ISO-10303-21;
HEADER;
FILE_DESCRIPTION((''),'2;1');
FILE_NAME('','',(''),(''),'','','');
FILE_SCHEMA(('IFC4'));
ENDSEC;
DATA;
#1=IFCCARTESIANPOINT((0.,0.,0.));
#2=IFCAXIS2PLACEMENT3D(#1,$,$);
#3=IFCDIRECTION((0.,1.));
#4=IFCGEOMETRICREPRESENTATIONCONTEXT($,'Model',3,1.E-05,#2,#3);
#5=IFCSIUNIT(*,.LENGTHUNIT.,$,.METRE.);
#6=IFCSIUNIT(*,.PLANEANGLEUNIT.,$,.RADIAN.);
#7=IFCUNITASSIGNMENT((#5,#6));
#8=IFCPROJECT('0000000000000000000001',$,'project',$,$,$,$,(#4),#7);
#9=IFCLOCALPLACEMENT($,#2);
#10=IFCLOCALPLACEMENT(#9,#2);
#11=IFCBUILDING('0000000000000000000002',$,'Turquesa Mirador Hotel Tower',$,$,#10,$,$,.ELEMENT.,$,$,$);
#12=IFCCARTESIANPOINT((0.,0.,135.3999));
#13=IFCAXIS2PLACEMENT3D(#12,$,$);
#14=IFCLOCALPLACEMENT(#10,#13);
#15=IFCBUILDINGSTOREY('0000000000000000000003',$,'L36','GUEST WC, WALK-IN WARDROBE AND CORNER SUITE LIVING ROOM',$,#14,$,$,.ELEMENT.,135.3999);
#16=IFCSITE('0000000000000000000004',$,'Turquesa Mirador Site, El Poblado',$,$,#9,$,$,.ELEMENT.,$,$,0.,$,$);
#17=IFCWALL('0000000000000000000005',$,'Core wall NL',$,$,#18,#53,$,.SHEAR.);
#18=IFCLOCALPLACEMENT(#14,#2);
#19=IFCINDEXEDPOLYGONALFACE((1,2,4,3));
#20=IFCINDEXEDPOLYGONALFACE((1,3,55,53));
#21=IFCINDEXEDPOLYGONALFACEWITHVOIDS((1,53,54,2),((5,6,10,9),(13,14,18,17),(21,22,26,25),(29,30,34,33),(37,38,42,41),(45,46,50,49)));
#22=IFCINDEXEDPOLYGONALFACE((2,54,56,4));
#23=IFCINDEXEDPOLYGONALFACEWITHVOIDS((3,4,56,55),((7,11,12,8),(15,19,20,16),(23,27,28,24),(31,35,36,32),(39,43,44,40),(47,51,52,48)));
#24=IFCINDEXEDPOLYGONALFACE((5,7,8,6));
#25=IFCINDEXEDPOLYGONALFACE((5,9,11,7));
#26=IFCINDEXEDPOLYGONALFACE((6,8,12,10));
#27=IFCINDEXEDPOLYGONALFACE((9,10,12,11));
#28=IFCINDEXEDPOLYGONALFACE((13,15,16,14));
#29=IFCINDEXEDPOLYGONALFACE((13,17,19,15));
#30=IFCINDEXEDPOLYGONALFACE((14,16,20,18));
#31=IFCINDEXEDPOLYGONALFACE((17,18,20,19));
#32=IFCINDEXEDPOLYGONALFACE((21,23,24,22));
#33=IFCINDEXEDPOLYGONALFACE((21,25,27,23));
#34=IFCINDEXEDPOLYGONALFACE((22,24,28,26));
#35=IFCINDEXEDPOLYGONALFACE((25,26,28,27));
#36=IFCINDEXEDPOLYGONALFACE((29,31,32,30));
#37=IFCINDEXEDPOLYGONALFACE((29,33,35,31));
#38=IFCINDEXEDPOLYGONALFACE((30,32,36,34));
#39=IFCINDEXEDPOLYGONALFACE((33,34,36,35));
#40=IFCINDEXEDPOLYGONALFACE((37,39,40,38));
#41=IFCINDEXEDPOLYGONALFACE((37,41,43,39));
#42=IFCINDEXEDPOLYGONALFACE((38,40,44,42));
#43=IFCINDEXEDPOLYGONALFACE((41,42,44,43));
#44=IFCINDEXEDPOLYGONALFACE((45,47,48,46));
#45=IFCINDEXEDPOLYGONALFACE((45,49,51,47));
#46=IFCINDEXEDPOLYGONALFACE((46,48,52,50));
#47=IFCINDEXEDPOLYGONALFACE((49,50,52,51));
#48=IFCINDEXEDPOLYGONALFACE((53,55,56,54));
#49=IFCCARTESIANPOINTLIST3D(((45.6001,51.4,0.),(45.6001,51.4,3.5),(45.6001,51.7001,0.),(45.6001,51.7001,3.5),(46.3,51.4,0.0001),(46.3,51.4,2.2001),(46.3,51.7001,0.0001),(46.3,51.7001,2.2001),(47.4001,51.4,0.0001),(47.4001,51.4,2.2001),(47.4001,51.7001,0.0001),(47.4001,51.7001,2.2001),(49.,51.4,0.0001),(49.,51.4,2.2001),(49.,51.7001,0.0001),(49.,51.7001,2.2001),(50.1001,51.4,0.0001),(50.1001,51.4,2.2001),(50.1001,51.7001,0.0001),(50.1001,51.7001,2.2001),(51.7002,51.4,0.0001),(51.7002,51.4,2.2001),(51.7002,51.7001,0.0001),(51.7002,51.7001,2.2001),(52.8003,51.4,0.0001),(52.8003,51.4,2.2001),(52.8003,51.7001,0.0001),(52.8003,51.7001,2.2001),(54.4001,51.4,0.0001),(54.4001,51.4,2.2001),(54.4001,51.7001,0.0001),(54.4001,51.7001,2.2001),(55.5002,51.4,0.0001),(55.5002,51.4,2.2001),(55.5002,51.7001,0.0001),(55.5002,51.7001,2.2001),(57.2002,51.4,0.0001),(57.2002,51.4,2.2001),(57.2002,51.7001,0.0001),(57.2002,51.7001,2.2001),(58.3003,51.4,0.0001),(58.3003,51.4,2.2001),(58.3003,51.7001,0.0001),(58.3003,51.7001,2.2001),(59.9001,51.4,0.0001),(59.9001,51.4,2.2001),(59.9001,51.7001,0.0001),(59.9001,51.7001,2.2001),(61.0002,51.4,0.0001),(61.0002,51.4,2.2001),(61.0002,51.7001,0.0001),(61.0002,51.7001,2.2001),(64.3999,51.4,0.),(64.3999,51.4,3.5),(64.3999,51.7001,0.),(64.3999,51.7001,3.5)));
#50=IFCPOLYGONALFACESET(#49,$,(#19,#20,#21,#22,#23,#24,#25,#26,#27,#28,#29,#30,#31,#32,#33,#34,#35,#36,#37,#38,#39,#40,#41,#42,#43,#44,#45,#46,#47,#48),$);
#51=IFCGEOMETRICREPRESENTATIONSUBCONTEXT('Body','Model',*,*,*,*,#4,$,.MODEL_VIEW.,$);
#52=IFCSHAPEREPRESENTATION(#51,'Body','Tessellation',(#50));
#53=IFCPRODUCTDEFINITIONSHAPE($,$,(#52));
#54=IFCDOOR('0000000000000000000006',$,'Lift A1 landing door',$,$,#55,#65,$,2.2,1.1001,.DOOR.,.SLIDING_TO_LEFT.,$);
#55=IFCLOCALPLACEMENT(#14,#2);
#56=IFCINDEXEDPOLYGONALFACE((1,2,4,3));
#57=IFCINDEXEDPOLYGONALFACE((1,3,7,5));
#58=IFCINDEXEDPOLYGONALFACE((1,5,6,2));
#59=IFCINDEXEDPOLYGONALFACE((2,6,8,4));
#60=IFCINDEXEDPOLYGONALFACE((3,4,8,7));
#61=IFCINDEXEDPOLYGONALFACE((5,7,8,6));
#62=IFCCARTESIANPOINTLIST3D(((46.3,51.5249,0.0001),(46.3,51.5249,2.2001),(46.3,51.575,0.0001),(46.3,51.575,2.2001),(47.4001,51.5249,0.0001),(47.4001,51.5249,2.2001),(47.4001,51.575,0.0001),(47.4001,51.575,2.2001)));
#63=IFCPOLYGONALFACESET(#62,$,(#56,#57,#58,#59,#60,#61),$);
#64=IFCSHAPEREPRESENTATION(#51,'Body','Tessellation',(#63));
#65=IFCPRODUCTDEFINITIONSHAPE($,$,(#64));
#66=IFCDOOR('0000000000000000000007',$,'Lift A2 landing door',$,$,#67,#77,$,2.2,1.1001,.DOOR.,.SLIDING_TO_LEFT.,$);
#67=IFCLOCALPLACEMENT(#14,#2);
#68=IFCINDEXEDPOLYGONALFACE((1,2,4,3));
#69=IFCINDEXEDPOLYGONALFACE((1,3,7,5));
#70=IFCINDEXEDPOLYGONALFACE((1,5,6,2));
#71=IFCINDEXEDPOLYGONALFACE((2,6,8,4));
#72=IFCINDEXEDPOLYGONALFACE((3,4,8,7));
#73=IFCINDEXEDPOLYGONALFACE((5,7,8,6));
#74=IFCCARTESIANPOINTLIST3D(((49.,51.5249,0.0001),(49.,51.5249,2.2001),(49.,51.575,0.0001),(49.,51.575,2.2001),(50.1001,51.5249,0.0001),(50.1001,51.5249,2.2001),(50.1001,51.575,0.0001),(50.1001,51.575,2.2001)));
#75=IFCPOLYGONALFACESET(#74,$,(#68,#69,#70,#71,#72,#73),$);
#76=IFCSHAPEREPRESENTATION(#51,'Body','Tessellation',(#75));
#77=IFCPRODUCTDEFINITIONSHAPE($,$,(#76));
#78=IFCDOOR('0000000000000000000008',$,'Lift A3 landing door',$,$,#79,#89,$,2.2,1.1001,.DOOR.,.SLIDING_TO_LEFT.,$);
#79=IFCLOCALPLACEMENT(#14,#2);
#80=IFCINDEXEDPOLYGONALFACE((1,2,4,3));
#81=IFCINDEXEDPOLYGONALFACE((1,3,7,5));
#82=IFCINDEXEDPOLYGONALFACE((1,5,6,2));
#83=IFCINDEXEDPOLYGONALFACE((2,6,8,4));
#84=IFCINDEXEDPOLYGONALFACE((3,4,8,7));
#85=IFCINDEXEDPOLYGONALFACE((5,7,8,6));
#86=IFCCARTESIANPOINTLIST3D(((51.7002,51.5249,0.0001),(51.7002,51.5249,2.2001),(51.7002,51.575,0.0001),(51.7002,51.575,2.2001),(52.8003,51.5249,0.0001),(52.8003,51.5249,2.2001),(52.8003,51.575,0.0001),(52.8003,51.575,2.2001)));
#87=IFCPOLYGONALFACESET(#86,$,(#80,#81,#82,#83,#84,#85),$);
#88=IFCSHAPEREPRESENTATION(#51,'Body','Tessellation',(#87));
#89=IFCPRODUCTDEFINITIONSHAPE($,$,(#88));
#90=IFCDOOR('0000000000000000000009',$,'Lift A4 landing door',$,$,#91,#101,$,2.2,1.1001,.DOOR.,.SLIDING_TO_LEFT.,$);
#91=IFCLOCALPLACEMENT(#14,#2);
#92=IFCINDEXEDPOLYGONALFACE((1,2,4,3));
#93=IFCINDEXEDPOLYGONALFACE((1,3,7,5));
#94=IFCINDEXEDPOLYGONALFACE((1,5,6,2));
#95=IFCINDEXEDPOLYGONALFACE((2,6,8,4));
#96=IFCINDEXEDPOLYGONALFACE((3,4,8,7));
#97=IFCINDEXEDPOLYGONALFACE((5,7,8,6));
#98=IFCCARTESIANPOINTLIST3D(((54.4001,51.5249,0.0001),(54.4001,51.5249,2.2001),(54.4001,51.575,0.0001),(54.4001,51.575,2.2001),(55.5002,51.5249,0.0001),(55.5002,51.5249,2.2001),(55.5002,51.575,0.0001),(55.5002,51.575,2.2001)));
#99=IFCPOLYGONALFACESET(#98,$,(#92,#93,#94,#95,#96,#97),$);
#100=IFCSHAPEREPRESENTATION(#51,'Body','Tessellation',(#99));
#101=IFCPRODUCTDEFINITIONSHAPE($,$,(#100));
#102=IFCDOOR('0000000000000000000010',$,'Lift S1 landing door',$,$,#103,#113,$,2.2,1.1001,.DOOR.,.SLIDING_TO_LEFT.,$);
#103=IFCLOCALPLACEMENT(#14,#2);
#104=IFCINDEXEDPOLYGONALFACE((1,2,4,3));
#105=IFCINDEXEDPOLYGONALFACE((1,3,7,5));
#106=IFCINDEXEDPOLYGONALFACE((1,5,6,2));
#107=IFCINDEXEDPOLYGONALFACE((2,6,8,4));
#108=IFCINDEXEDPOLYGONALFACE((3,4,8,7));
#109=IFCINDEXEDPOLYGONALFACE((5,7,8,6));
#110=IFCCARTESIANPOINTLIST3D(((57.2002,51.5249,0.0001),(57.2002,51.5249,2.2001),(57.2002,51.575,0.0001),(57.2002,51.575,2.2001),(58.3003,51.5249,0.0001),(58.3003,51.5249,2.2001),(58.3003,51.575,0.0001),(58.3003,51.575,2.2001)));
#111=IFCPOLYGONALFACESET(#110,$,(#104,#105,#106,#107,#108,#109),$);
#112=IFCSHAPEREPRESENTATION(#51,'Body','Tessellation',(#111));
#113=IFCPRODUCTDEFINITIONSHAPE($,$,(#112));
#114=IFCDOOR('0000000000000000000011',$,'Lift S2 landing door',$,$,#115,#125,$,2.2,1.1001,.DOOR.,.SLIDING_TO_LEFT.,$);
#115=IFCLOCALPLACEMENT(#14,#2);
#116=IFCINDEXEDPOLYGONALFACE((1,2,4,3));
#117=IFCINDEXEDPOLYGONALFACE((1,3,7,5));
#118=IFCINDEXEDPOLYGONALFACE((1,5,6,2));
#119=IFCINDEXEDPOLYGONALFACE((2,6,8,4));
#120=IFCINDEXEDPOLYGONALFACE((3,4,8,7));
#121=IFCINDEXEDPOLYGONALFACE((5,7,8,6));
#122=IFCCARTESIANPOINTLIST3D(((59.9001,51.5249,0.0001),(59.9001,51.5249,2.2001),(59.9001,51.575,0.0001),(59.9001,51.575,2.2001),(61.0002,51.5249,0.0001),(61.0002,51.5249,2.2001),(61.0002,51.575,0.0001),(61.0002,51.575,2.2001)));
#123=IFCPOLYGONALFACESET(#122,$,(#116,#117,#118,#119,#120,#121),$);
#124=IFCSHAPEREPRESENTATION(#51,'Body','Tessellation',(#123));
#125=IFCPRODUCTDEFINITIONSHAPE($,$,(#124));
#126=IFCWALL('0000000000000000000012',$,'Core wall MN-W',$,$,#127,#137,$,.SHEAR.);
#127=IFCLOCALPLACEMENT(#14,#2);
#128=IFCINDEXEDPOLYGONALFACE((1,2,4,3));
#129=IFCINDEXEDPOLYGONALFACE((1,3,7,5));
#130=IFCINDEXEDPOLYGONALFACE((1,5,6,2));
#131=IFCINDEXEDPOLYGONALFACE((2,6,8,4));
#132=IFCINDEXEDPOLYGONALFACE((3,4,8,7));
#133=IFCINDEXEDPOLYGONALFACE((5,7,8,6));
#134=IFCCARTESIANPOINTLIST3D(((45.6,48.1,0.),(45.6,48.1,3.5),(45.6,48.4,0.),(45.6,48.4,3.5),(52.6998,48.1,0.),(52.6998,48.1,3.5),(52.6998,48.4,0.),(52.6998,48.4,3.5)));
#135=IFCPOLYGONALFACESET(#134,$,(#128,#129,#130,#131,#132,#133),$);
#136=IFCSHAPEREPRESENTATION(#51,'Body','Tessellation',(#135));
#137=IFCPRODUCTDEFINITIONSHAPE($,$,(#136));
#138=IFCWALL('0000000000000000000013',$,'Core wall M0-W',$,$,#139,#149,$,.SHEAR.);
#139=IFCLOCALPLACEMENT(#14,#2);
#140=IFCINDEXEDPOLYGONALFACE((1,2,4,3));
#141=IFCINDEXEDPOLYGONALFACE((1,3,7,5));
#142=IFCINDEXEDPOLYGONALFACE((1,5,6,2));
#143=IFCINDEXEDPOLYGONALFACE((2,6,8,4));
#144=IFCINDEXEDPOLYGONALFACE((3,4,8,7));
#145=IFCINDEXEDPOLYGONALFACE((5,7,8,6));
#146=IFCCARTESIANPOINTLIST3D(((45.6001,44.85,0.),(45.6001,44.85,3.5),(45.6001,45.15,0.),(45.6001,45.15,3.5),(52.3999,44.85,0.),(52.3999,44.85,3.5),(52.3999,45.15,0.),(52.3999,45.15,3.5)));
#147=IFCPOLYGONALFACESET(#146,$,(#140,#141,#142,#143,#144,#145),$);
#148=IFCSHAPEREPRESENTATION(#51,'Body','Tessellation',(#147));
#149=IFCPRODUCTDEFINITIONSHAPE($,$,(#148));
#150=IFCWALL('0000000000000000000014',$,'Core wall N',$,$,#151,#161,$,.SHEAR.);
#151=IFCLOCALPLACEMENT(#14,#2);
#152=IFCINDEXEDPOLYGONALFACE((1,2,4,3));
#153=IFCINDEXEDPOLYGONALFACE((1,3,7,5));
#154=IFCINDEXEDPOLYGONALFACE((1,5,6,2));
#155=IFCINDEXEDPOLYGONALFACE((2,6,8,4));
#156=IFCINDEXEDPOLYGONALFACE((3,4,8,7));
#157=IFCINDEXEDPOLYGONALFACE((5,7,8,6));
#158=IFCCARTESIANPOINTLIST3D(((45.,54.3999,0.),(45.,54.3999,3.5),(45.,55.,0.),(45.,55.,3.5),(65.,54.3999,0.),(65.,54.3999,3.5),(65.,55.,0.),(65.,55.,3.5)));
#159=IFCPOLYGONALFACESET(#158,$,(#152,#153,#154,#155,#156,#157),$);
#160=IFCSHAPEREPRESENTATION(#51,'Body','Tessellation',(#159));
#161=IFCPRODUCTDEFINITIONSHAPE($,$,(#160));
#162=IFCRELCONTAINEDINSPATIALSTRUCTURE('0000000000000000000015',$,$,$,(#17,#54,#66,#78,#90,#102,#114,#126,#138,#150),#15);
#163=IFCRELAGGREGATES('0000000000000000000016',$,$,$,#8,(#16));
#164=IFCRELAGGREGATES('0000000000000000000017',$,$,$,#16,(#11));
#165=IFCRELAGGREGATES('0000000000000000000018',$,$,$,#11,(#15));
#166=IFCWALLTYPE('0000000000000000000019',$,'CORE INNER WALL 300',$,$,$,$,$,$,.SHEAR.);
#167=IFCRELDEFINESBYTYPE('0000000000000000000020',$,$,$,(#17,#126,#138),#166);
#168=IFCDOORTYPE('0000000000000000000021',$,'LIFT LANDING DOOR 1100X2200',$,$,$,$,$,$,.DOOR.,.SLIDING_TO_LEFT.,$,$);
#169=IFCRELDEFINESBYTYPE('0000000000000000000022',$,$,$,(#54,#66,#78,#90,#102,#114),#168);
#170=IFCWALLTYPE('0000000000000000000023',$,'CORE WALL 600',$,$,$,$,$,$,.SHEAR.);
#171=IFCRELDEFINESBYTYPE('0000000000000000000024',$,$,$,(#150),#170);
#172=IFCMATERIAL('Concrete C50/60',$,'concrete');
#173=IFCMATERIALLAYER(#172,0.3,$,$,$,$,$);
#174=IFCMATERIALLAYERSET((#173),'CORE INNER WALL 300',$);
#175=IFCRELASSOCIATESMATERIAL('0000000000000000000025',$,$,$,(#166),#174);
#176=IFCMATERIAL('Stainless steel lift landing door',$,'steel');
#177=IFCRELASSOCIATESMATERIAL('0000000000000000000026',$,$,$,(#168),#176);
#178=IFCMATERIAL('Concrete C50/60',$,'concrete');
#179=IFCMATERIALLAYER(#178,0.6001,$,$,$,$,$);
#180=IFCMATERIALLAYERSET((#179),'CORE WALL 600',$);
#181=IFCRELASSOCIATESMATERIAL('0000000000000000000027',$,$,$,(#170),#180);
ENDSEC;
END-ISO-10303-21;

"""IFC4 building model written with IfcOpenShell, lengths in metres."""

from ifc_helpers import new_model, si_unit, direction, frame, frame_2d, origin, place, context, subcontext, project, spatial, rectangle, extrude, material, layer, layer_set, type_object, element, fill, save


model = new_model("IFC4")

# Units and contexts
model_context = context("Model", 3, precision=1e-05, world=origin(), true_north=direction((0.0, 1.0)))
body_context = subcontext(model_context, "Body", "Model", "MODEL_VIEW")
ifc_project = project(units=[si_unit("LENGTHUNIT", "METRE"), si_unit("PLANEANGLEUNIT", "RADIAN")], contexts=[model_context])

# Site, building, storey
site_placement = place(None, origin())
site = spatial("IfcSite", under=ifc_project, at=site_placement, Name="Turquesa Mirador Site, El Poblado", CompositionType="ELEMENT", RefElevation=0.0)
building_placement = place(site_placement, origin())
building = spatial("IfcBuilding", under=site, at=building_placement, Name="Turquesa Mirador Hotel Tower", CompositionType="ELEMENT")
storey_placement = place(building_placement, frame((0.0, 0.0, 135.3999)))
storey = spatial("IfcBuildingStorey", under=building, at=storey_placement, Name="L36", Description="GUEST WC, WALK-IN WARDROBE AND CORNER SUITE LIVING ROOM", CompositionType="ELEMENT", Elevation=135.3999)

# Wall, openings, doors
ifc_material_1 = material(Name="Concrete C50/60", Category="concrete")
ifc_layer_1 = layer(ifc_material_1, 0.3)
ifc_layer_set_1 = layer_set([ifc_layer_1], Name="CORE INNER WALL 300")
wall_type_1 = type_object("IfcWallType", Name="CORE INNER WALL 300", PredefinedType="SHEAR", material=ifc_layer_set_1)
wall_1_placement = place(storey_placement, frame((45.6001, 51.55, 0.0), z_axis=(0.0, 0.0, 1.0), x_axis=(1.0, 0.0, 0.0)))
wall_1 = element("IfcWall", 1, at=wall_1_placement, inside=storey, type_object=wall_type_1, Name="Core wall NL", PredefinedType="SHEAR", context=body_context, shape_type="SweptSolid", body=[
    extrude(rectangle(XDim=18.7998, YDim=0.3, at=frame_2d((9.3999, 0.0))), origin(), (0.0, 0.0, 1.0), 3.5),
])
opening_1_placement = place(wall_1_placement, frame((0.7, 0.0, 0.0)))
opening_1 = element("IfcOpeningElement", 2, at=opening_1_placement, cuts=wall_1, PredefinedType="OPENING", context=body_context, shape_type="SweptSolid", body=[
    extrude(rectangle(XDim=1.1001, YDim=2.2, at=frame_2d((0.55, 1.1001))), frame((0.0, 0.1599, 0.0), z_axis=(0.0, -1.0, 0.0), x_axis=(1.0, 0.0, 0.0)), (0.0, 0.0, 1.0), 0.3201),
])
opening_2_placement = place(wall_1_placement, frame((3.3999, 0.0, 0.0)))
opening_2 = element("IfcOpeningElement", 3, at=opening_2_placement, cuts=wall_1, PredefinedType="OPENING", context=body_context, shape_type="SweptSolid", body=[
    extrude(rectangle(XDim=1.1001, YDim=2.2, at=frame_2d((0.55, 1.1001))), frame((0.0, 0.1599, 0.0), z_axis=(0.0, -1.0, 0.0), x_axis=(1.0, 0.0, 0.0)), (0.0, 0.0, 1.0), 0.3201),
])
opening_3_placement = place(wall_1_placement, frame((6.1001, 0.0, 0.0)))
opening_3 = element("IfcOpeningElement", 4, at=opening_3_placement, cuts=wall_1, PredefinedType="OPENING", context=body_context, shape_type="SweptSolid", body=[
    extrude(rectangle(XDim=1.1001, YDim=2.2, at=frame_2d((0.55, 1.1001))), frame((0.0, 0.1599, 0.0), z_axis=(0.0, -1.0, 0.0), x_axis=(1.0, 0.0, 0.0)), (0.0, 0.0, 1.0), 0.3201),
])
opening_4_placement = place(wall_1_placement, frame((8.8, 0.0, 0.0)))
opening_4 = element("IfcOpeningElement", 5, at=opening_4_placement, cuts=wall_1, PredefinedType="OPENING", context=body_context, shape_type="SweptSolid", body=[
    extrude(rectangle(XDim=1.1001, YDim=2.2, at=frame_2d((0.55, 1.1001))), frame((0.0, 0.1599, 0.0), z_axis=(0.0, -1.0, 0.0), x_axis=(1.0, 0.0, 0.0)), (0.0, 0.0, 1.0), 0.3201),
])
opening_5_placement = place(wall_1_placement, frame((11.6001, 0.0, 0.0)))
opening_5 = element("IfcOpeningElement", 6, at=opening_5_placement, cuts=wall_1, PredefinedType="OPENING", context=body_context, shape_type="SweptSolid", body=[
    extrude(rectangle(XDim=1.1001, YDim=2.2, at=frame_2d((0.55, 1.1001))), frame((0.0, 0.1599, 0.0), z_axis=(0.0, -1.0, 0.0), x_axis=(1.0, 0.0, 0.0)), (0.0, 0.0, 1.0), 0.3201),
])
opening_6_placement = place(wall_1_placement, frame((14.3, 0.0, 0.0)))
opening_6 = element("IfcOpeningElement", 7, at=opening_6_placement, cuts=wall_1, PredefinedType="OPENING", context=body_context, shape_type="SweptSolid", body=[
    extrude(rectangle(XDim=1.1001, YDim=2.2, at=frame_2d((0.55, 1.1001))), frame((0.0, 0.1599, 0.0), z_axis=(0.0, -1.0, 0.0), x_axis=(1.0, 0.0, 0.0)), (0.0, 0.0, 1.0), 0.3201),
])
ifc_material_2 = material(Name="Stainless steel lift landing door", Category="steel")
door_type_1 = type_object("IfcDoorType", Name="LIFT LANDING DOOR 1100X2200", OperationType="SLIDING_TO_LEFT", PredefinedType="DOOR", material=ifc_material_2)
door_1_placement = place(opening_1_placement, origin())
door_1 = element("IfcDoor", 8, at=door_1_placement, inside=storey, type_object=door_type_1, Name="Lift A1 landing door", OperationType="SLIDING_TO_LEFT", OverallHeight=2.2, OverallWidth=1.1001, PredefinedType="DOOR", context=body_context, shape_type="SweptSolid", body=[
    extrude(rectangle(XDim=1.1001, YDim=2.2, at=frame_2d((0.55, 1.1001))), frame((0.0, 0.0249, 0.0), z_axis=(0.0, -1.0, 0.0), x_axis=(1.0, 0.0, 0.0)), (0.0, 0.0, 1.0), 0.05),
])
fill(opening_1, door_1)
door_2_placement = place(opening_2_placement, origin())
door_2 = element("IfcDoor", 9, at=door_2_placement, inside=storey, type_object=door_type_1, Name="Lift A2 landing door", OperationType="SLIDING_TO_LEFT", OverallHeight=2.2, OverallWidth=1.1001, PredefinedType="DOOR", context=body_context, shape_type="SweptSolid", body=[
    extrude(rectangle(XDim=1.1001, YDim=2.2, at=frame_2d((0.55, 1.1001))), frame((0.0, 0.0249, 0.0), z_axis=(0.0, -1.0, 0.0), x_axis=(1.0, 0.0, 0.0)), (0.0, 0.0, 1.0), 0.05),
])
fill(opening_2, door_2)
door_3_placement = place(opening_3_placement, origin())
door_3 = element("IfcDoor", 10, at=door_3_placement, inside=storey, type_object=door_type_1, Name="Lift A3 landing door", OperationType="SLIDING_TO_LEFT", OverallHeight=2.2, OverallWidth=1.1001, PredefinedType="DOOR", context=body_context, shape_type="SweptSolid", body=[
    extrude(rectangle(XDim=1.1001, YDim=2.2, at=frame_2d((0.55, 1.1001))), frame((0.0, 0.0249, 0.0), z_axis=(0.0, -1.0, 0.0), x_axis=(1.0, 0.0, 0.0)), (0.0, 0.0, 1.0), 0.05),
])
fill(opening_3, door_3)
door_4_placement = place(opening_4_placement, origin())
door_4 = element("IfcDoor", 11, at=door_4_placement, inside=storey, type_object=door_type_1, Name="Lift A4 landing door", OperationType="SLIDING_TO_LEFT", OverallHeight=2.2, OverallWidth=1.1001, PredefinedType="DOOR", context=body_context, shape_type="SweptSolid", body=[
    extrude(rectangle(XDim=1.1001, YDim=2.2, at=frame_2d((0.55, 1.1001))), frame((0.0, 0.0249, 0.0), z_axis=(0.0, -1.0, 0.0), x_axis=(1.0, 0.0, 0.0)), (0.0, 0.0, 1.0), 0.05),
])
fill(opening_4, door_4)
door_5_placement = place(opening_5_placement, origin())
door_5 = element("IfcDoor", 12, at=door_5_placement, inside=storey, type_object=door_type_1, Name="Lift S1 landing door", OperationType="SLIDING_TO_LEFT", OverallHeight=2.2, OverallWidth=1.1001, PredefinedType="DOOR", context=body_context, shape_type="SweptSolid", body=[
    extrude(rectangle(XDim=1.1001, YDim=2.2, at=frame_2d((0.55, 1.1001))), frame((0.0, 0.0249, 0.0), z_axis=(0.0, -1.0, 0.0), x_axis=(1.0, 0.0, 0.0)), (0.0, 0.0, 1.0), 0.05),
])
fill(opening_5, door_5)
door_6_placement = place(opening_6_placement, origin())
door_6 = element("IfcDoor", 13, at=door_6_placement, inside=storey, type_object=door_type_1, Name="Lift S2 landing door", OperationType="SLIDING_TO_LEFT", OverallHeight=2.2, OverallWidth=1.1001, PredefinedType="DOOR", context=body_context, shape_type="SweptSolid", body=[
    extrude(rectangle(XDim=1.1001, YDim=2.2, at=frame_2d((0.55, 1.1001))), frame((0.0, 0.0249, 0.0), z_axis=(0.0, -1.0, 0.0), x_axis=(1.0, 0.0, 0.0)), (0.0, 0.0, 1.0), 0.05),
])
fill(opening_6, door_6)

# Walls
wall_2_placement = place(storey_placement, frame((45.6001, 48.25, 0.0), z_axis=(0.0, 0.0, 1.0), x_axis=(1.0, 0.0, 0.0)))
element("IfcWall", 14, at=wall_2_placement, inside=storey, type_object=wall_type_1, Name="Core wall MN-W", PredefinedType="SHEAR", context=body_context, shape_type="SweptSolid", body=[
    extrude(rectangle(XDim=7.0999, YDim=0.3, at=frame_2d((3.5498, 0.0))), origin(), (0.0, 0.0, 1.0), 3.5),
])
wall_3_placement = place(storey_placement, frame((45.6001, 45.0, 0.0), z_axis=(0.0, 0.0, 1.0), x_axis=(1.0, 0.0, 0.0)))
element("IfcWall", 15, at=wall_3_placement, inside=storey, type_object=wall_type_1, Name="Core wall M0-W", PredefinedType="SHEAR", context=body_context, shape_type="SweptSolid", body=[
    extrude(rectangle(XDim=6.7998, YDim=0.3, at=frame_2d((3.3999, 0.0))), origin(), (0.0, 0.0, 1.0), 3.5),
])
ifc_material_3 = material(Name="Concrete C50/60", Category="concrete")
ifc_layer_2 = layer(ifc_material_3, 0.6001)
ifc_layer_set_2 = layer_set([ifc_layer_2], Name="CORE WALL 600")
wall_type_2 = type_object("IfcWallType", Name="CORE WALL 600", PredefinedType="SHEAR", material=ifc_layer_set_2)
wall_4_placement = place(storey_placement, frame((45.0, 54.7, 0.0), z_axis=(0.0, 0.0, 1.0), x_axis=(1.0, 0.0, 0.0)))
element("IfcWall", 16, at=wall_4_placement, inside=storey, type_object=wall_type_2, Name="Core wall N", PredefinedType="SHEAR", context=body_context, shape_type="SweptSolid", body=[
    extrude(rectangle(XDim=20.0, YDim=0.6001, at=frame_2d((10.0, 0.0))), origin(), (0.0, 0.0, 1.0), 3.5),
])

save(model, "model.ifc")
